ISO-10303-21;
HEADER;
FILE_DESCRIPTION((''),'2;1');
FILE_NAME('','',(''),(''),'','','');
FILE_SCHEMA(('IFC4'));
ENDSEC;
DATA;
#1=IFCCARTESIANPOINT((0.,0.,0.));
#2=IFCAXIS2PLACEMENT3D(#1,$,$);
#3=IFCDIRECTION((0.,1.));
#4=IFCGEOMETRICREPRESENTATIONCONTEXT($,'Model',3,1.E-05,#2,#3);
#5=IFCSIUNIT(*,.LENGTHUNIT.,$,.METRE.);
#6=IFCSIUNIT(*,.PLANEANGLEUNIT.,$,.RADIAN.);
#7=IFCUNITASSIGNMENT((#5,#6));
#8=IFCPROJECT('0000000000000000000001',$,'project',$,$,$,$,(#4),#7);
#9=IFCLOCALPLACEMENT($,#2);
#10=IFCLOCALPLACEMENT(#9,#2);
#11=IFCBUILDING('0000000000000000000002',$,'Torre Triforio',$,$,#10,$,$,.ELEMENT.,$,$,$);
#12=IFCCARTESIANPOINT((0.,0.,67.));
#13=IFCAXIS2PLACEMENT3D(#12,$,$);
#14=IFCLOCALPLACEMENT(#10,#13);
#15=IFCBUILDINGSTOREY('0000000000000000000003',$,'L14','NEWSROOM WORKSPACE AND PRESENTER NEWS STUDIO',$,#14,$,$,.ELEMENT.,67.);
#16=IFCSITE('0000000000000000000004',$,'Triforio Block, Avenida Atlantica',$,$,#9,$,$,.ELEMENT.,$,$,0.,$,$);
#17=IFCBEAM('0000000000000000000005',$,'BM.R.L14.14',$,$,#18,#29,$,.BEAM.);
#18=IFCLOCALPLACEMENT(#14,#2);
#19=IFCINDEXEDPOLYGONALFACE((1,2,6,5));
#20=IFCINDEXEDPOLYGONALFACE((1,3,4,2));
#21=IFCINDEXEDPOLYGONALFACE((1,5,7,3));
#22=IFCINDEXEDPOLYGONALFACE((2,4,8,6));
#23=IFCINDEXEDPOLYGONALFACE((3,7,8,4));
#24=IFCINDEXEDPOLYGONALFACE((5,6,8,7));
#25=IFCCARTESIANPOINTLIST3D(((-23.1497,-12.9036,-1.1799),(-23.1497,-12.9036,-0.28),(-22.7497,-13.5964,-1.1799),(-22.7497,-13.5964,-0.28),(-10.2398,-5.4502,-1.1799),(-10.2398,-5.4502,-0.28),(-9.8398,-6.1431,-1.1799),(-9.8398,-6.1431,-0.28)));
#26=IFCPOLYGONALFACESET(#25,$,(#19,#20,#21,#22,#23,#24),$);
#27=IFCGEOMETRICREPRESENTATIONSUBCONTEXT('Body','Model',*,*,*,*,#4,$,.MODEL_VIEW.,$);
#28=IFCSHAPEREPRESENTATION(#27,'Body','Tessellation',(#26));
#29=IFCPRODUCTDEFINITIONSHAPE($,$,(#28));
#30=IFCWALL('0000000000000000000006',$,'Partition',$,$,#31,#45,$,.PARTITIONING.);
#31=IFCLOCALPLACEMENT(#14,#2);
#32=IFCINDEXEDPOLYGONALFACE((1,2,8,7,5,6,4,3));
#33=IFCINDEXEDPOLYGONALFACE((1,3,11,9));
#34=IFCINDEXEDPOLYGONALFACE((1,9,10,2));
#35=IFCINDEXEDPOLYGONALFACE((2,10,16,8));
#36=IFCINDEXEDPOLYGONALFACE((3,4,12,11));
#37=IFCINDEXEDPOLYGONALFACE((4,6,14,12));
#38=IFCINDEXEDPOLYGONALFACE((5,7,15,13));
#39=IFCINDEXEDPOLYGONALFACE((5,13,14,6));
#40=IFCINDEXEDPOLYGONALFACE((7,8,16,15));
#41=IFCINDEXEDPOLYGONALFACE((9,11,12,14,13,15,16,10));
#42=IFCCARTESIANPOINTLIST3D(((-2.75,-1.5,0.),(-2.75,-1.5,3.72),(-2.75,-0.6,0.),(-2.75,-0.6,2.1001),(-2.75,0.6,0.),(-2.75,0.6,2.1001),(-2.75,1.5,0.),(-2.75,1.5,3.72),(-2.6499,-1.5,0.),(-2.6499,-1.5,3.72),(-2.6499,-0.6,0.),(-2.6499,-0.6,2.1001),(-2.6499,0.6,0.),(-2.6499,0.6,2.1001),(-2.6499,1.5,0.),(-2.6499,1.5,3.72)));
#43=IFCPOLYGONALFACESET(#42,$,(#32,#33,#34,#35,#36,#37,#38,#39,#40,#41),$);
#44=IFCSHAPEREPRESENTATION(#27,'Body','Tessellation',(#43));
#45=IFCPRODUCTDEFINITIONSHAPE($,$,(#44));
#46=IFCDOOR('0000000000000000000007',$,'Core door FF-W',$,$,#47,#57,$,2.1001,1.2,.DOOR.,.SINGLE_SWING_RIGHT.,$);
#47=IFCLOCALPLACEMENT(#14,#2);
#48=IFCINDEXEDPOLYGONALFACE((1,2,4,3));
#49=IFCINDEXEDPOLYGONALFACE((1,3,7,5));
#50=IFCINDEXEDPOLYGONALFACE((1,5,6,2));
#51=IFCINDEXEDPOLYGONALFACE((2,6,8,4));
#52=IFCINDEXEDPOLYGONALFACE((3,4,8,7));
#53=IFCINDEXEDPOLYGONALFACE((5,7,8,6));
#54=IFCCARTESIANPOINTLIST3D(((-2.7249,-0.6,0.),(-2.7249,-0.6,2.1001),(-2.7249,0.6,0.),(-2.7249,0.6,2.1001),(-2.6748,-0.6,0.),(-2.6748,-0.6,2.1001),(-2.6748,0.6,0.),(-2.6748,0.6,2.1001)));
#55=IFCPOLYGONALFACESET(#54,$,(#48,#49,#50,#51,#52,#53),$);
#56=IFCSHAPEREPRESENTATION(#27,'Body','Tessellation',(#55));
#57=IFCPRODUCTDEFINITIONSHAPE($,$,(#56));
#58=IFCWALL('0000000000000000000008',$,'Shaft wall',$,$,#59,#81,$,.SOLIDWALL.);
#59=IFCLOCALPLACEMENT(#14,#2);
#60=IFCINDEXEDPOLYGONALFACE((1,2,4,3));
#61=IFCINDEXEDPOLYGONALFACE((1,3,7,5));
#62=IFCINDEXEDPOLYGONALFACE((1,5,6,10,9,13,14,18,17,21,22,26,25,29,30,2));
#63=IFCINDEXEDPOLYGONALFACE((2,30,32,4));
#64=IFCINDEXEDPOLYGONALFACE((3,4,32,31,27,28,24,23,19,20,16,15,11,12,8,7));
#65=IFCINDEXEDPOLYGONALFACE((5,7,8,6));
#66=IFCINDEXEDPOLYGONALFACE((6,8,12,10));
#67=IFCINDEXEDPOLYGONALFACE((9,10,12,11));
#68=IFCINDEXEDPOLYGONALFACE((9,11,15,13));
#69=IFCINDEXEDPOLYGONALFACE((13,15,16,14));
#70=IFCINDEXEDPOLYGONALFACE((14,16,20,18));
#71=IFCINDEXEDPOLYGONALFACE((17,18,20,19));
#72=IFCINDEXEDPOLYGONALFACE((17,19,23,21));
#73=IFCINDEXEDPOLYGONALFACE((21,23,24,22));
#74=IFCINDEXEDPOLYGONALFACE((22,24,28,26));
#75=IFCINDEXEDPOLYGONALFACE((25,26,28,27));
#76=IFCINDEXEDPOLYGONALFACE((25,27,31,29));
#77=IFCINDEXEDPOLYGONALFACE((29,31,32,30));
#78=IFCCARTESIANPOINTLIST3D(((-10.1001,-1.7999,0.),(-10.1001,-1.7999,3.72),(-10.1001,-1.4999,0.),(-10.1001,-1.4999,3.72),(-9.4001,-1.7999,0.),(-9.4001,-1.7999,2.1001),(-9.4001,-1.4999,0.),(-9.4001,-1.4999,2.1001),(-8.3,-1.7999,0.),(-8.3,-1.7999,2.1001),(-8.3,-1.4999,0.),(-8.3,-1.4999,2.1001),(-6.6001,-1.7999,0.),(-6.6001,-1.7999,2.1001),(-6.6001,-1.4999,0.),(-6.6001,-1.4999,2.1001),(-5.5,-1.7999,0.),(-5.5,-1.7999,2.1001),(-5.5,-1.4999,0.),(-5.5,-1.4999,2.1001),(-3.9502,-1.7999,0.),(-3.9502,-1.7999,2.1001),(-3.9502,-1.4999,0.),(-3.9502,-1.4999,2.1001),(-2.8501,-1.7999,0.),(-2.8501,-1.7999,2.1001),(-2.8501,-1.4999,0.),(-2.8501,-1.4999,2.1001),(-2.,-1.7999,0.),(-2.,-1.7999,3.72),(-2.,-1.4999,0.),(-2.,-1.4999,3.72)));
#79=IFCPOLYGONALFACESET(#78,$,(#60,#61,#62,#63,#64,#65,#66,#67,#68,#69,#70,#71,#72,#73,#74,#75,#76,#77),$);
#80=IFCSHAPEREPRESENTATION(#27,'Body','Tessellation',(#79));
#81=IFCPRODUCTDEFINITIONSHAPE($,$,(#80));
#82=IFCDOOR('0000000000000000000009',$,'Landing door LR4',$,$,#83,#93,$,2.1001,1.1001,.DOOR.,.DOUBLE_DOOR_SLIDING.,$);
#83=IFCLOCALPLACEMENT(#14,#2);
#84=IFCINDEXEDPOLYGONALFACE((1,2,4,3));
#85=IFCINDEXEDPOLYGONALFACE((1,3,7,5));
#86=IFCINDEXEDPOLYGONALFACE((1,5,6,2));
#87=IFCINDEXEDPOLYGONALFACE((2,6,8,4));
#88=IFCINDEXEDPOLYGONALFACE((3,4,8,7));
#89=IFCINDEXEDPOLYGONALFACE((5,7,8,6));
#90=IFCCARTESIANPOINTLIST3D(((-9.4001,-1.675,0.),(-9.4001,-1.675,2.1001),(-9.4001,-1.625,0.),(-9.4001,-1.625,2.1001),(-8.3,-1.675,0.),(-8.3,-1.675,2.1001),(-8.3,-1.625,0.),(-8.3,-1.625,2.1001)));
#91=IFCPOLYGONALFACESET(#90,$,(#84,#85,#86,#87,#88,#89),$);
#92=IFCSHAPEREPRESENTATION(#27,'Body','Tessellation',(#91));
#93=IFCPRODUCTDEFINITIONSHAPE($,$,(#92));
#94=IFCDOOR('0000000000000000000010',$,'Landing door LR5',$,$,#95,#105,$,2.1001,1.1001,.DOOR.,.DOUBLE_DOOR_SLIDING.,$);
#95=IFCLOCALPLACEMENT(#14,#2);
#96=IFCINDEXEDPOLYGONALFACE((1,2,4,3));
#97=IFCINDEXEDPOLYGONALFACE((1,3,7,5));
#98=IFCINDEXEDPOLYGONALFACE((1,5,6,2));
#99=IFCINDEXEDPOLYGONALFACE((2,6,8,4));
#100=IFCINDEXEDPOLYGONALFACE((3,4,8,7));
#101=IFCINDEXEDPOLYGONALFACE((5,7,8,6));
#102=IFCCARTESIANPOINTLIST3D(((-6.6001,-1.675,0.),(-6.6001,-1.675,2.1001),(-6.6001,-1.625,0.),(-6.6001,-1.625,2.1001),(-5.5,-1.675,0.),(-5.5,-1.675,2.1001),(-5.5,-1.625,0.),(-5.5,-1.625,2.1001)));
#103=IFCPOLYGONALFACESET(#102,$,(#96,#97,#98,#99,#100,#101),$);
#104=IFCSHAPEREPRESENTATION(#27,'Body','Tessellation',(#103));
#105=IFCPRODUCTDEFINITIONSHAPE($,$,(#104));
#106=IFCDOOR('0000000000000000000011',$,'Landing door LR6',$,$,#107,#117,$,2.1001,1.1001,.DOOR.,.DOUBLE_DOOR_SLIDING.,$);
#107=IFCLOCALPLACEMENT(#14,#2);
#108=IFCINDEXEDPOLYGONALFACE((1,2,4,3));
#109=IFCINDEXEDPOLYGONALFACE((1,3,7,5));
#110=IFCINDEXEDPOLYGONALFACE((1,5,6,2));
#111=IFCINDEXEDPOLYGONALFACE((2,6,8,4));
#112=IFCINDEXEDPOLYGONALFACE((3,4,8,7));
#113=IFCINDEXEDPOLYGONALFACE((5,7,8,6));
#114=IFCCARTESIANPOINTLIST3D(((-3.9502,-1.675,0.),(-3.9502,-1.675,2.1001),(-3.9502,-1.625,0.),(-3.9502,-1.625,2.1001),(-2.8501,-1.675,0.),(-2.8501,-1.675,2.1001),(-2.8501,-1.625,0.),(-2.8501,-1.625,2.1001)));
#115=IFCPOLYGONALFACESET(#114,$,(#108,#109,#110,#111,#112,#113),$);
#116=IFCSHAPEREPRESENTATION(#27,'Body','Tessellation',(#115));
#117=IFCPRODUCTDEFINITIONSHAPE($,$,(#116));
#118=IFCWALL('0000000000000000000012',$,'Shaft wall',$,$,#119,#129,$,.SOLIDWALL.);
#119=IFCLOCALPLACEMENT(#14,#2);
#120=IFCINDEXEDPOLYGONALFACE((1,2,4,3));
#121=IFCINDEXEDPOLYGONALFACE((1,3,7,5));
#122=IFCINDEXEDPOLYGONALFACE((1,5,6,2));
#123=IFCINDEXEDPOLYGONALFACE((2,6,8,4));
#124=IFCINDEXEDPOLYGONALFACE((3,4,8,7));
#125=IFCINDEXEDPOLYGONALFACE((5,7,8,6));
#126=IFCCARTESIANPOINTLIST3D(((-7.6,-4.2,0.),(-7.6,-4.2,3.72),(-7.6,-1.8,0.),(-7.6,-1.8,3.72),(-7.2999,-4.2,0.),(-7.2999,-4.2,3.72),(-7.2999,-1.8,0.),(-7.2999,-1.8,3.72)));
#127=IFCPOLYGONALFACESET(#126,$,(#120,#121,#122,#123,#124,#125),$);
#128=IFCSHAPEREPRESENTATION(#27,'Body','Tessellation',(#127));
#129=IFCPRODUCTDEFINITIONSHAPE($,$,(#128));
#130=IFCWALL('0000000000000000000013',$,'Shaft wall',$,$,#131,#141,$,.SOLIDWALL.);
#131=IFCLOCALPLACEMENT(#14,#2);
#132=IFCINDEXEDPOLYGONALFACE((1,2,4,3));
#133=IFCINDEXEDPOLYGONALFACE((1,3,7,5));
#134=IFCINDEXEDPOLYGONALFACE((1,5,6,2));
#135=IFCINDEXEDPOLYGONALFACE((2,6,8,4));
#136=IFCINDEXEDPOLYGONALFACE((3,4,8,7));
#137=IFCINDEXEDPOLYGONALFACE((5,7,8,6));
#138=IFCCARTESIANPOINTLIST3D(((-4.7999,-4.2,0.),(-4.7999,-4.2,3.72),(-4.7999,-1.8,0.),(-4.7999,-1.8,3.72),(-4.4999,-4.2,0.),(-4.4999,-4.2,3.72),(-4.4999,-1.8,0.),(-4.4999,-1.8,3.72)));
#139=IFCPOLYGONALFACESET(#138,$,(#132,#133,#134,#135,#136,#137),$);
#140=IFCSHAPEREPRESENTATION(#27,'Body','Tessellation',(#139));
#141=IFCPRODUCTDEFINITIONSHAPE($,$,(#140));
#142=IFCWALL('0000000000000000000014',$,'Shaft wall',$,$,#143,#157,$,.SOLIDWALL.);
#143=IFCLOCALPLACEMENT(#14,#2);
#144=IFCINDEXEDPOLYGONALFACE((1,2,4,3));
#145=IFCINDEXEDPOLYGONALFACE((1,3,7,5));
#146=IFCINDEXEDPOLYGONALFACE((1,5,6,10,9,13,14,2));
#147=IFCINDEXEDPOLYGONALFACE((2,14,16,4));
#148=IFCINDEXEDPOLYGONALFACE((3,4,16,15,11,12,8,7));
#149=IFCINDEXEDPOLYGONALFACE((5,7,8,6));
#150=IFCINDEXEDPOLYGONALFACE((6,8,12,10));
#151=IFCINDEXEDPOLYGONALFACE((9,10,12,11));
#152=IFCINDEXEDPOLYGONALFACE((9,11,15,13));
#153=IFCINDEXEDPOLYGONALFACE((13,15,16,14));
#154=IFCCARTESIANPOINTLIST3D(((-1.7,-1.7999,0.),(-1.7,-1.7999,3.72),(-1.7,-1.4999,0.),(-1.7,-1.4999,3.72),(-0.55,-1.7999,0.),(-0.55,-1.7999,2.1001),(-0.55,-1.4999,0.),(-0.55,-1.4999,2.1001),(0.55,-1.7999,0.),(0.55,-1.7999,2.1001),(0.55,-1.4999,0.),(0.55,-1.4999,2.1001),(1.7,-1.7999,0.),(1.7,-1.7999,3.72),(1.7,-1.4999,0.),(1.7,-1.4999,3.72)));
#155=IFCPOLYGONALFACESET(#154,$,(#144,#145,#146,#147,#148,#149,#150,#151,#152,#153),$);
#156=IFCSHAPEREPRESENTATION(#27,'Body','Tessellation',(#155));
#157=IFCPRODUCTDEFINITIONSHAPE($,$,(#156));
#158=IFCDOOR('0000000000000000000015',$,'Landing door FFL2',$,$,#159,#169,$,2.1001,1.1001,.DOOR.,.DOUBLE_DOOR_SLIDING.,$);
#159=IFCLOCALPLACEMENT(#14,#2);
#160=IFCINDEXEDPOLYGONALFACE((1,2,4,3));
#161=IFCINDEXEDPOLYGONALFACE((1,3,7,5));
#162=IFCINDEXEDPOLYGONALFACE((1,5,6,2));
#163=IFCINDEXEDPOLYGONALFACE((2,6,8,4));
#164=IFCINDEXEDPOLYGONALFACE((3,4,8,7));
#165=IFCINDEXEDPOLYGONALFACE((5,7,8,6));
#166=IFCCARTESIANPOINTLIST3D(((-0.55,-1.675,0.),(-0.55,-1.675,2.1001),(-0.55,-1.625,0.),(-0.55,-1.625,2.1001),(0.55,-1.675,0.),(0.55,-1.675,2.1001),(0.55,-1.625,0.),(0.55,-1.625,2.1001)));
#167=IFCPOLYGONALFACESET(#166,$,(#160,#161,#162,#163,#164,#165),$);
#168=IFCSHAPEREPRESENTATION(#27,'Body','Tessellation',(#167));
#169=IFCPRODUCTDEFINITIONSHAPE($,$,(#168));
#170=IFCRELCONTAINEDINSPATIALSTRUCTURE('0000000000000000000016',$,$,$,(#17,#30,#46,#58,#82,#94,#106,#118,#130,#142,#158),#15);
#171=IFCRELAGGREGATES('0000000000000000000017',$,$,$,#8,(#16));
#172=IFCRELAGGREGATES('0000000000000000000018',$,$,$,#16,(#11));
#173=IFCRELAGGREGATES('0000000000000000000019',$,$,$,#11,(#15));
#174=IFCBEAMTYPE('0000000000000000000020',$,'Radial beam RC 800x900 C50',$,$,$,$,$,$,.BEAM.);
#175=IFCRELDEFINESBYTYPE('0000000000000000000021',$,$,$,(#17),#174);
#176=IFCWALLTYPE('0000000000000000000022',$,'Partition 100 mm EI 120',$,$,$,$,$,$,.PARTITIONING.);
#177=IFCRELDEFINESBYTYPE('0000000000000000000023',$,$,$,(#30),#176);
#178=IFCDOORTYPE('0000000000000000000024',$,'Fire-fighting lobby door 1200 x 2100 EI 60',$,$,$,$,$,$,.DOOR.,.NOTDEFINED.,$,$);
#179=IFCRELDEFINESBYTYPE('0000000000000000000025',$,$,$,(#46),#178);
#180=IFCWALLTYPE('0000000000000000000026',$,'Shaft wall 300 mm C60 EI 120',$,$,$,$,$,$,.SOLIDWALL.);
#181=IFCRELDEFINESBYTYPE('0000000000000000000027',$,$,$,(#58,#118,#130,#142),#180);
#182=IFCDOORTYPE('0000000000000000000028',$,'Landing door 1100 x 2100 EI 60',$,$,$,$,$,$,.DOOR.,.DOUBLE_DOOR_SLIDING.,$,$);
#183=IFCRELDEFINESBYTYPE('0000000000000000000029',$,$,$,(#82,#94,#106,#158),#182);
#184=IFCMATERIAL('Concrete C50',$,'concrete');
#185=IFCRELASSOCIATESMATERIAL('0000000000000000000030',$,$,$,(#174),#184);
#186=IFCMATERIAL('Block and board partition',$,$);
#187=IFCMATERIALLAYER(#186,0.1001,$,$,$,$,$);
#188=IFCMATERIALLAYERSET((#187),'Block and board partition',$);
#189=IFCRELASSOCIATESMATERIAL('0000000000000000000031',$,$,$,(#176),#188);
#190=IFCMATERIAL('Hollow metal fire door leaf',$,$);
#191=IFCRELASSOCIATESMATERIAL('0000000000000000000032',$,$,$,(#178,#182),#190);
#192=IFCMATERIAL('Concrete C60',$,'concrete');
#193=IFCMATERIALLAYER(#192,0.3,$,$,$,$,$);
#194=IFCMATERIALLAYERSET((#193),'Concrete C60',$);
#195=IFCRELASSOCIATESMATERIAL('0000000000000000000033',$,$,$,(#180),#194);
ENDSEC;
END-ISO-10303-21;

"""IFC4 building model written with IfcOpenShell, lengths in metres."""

from ifc_helpers import new_model, si_unit, direction, frame, frame_2d, origin, origin_2d, place, context, subcontext, project, spatial, rectangle, extrude, material, layer, layer_set, material_profile, profile_set, type_object, element, fill, save


model = new_model("IFC4")

# Units and contexts
model_context = context("Model", 3, precision=1e-05, world=origin(), true_north=direction((0.0, 1.0)))
body_context = subcontext(model_context, "Body", "Model", "MODEL_VIEW")
ifc_project = project(units=[si_unit("LENGTHUNIT", "METRE"), si_unit("PLANEANGLEUNIT", "RADIAN")], contexts=[model_context])

# Site, building, storey
site_placement = place(None, origin())
site = spatial("IfcSite", under=ifc_project, at=site_placement, Name="Triforio Block, Avenida Atlantica", CompositionType="ELEMENT", RefElevation=0.0)
building_placement = place(site_placement, origin())
building = spatial("IfcBuilding", under=site, at=building_placement, Name="Torre Triforio", CompositionType="ELEMENT")
storey_placement = place(building_placement, frame((0.0, 0.0, 67.0)))
storey = spatial("IfcBuildingStorey", under=building, at=storey_placement, Name="L14", Description="NEWSROOM WORKSPACE AND PRESENTER NEWS STUDIO", CompositionType="ELEMENT", Elevation=67.0)

# Beam
ifc_material_1 = material(Name="Concrete C50", Category="concrete")
ifc_material_profile = material_profile(ifc_material_1, rectangle(XDim=0.8, YDim=0.8999, at=origin_2d()), Name="RC 800x900")
ifc_profile_set = profile_set([ifc_material_profile], Name="Concrete C50")
beam_type = type_object("IfcBeamType", Name="Radial beam RC 800x900 C50", PredefinedType="BEAM", material=ifc_profile_set)
beam_placement = place(storey_placement, frame((-10.0398, -5.7966, -0.73), z_axis=(-0.86603, -0.499991, 0.0), x_axis=(0.499991, -0.86603, 0.0)))
element("IfcBeam", 1, at=beam_placement, inside=storey, type_object=beam_type, Name="BM.R.L14.14", PredefinedType="BEAM", context=body_context, shape_type="SweptSolid", body=[
    extrude(rectangle(XDim=0.8, YDim=0.8999, at=origin_2d()), origin(), (0.0, 0.0, 1.0), 14.907),
])

# Wall, opening, door
ifc_material_2 = material(Name="Block and board partition")
ifc_layer_1 = layer(ifc_material_2, 0.1001)
ifc_layer_set_1 = layer_set([ifc_layer_1], Name="Block and board partition")
wall_type_1 = type_object("IfcWallType", Name="Partition 100 mm EI 120", PredefinedType="PARTITIONING", material=ifc_layer_set_1)
wall_1_placement = place(storey_placement, frame((-2.7, -1.5, 0.0), z_axis=(0.0, 0.0, 1.0), x_axis=(0.0, 1.0, 0.0)))
wall_1 = element("IfcWall", 2, at=wall_1_placement, inside=storey, type_object=wall_type_1, Name="Partition", PredefinedType="PARTITIONING", context=body_context, shape_type="SweptSolid", body=[
    extrude(rectangle(XDim=3.0, YDim=0.1001, at=frame_2d((1.5, 0.0))), origin(), (0.0, 0.0, 1.0), 3.72),
])
opening_1_placement = place(wall_1_placement, frame((0.8999, 0.0, 0.0)))
opening_1 = element("IfcOpeningElement", 3, at=opening_1_placement, cuts=wall_1, PredefinedType="OPENING", context=body_context, shape_type="SweptSolid", body=[
    extrude(rectangle(XDim=1.2, YDim=2.1001, at=frame_2d((0.6001, 1.05))), frame((0.0, 0.0601, 0.0), z_axis=(0.0, -1.0, 0.0), x_axis=(1.0, 0.0, 0.0)), (0.0, 0.0, 1.0), 0.1201),
])
ifc_material_3 = material(Name="Hollow metal fire door leaf")
door_type_1 = type_object("IfcDoorType", Name="Fire-fighting lobby door 1200 x 2100 EI 60", OperationType="NOTDEFINED", PredefinedType="DOOR", material=ifc_material_3)
door_1_placement = place(opening_1_placement, origin())
door_1 = element("IfcDoor", 4, at=door_1_placement, inside=storey, type_object=door_type_1, Name="Core door FF-W", OperationType="SINGLE_SWING_RIGHT", OverallHeight=2.1001, OverallWidth=1.2, PredefinedType="DOOR", context=body_context, shape_type="SweptSolid", body=[
    extrude(rectangle(XDim=1.2, YDim=2.1001, at=frame_2d((0.6001, 1.05))), frame((0.0, 0.0249, 0.0), z_axis=(0.0, -1.0, 0.0), x_axis=(1.0, 0.0, 0.0)), (0.0, 0.0, 1.0), 0.05),
])
fill(opening_1, door_1)

# Wall, openings, doors
ifc_material_4 = material(Name="Concrete C60", Category="concrete")
ifc_layer_2 = layer(ifc_material_4, 0.3)
ifc_layer_set_2 = layer_set([ifc_layer_2], Name="Concrete C60")
wall_type_2 = type_object("IfcWallType", Name="Shaft wall 300 mm C60 EI 120", PredefinedType="SOLIDWALL", material=ifc_layer_set_2)
wall_2_placement = place(storey_placement, frame((-10.1001, -1.6499, 0.0), z_axis=(0.0, 0.0, 1.0), x_axis=(1.0, 0.0, 0.0)))
wall_2 = element("IfcWall", 5, at=wall_2_placement, inside=storey, type_object=wall_type_2, Name="Shaft wall", PredefinedType="SOLIDWALL", context=body_context, shape_type="SweptSolid", body=[
    extrude(rectangle(XDim=8.1001, YDim=0.3, at=frame_2d((4.05, 0.0))), origin(), (0.0, 0.0, 1.0), 3.72),
])
opening_2_placement = place(wall_2_placement, frame((0.7, 0.0, 0.0)))
opening_2 = element("IfcOpeningElement", 6, at=opening_2_placement, cuts=wall_2, PredefinedType="OPENING", context=body_context, shape_type="SweptSolid", body=[
    extrude(rectangle(XDim=1.1001, YDim=2.1001, at=frame_2d((0.55, 1.05))), frame((0.0, 0.1599, 0.0), z_axis=(0.0, -1.0, 0.0), x_axis=(1.0, 0.0, 0.0)), (0.0, 0.0, 1.0), 0.3201),
])
opening_3_placement = place(wall_2_placement, frame((3.5, 0.0, 0.0)))
opening_3 = element("IfcOpeningElement", 7, at=opening_3_placement, cuts=wall_2, PredefinedType="OPENING", context=body_context, shape_type="SweptSolid", body=[
    extrude(rectangle(XDim=1.1001, YDim=2.1001, at=frame_2d((0.55, 1.05))), frame((0.0, 0.1599, 0.0), z_axis=(0.0, -1.0, 0.0), x_axis=(1.0, 0.0, 0.0)), (0.0, 0.0, 1.0), 0.3201),
])
opening_4_placement = place(wall_2_placement, frame((6.1499, 0.0, 0.0)))
opening_4 = element("IfcOpeningElement", 8, at=opening_4_placement, cuts=wall_2, PredefinedType="OPENING", context=body_context, shape_type="SweptSolid", body=[
    extrude(rectangle(XDim=1.1001, YDim=2.1001, at=frame_2d((0.55, 1.05))), frame((0.0, 0.1599, 0.0), z_axis=(0.0, -1.0, 0.0), x_axis=(1.0, 0.0, 0.0)), (0.0, 0.0, 1.0), 0.3201),
])
door_type_2 = type_object("IfcDoorType", Name="Landing door 1100 x 2100 EI 60", OperationType="DOUBLE_DOOR_SLIDING", PredefinedType="DOOR", material=ifc_material_3)
door_2_placement = place(opening_2_placement, origin())
door_2 = element("IfcDoor", 9, at=door_2_placement, inside=storey, type_object=door_type_2, Name="Landing door LR4", OperationType="DOUBLE_DOOR_SLIDING", OverallHeight=2.1001, OverallWidth=1.1001, PredefinedType="DOOR", context=body_context, shape_type="SweptSolid", body=[
    extrude(rectangle(XDim=1.1001, YDim=2.1001, at=frame_2d((0.55, 1.05))), frame((0.0, 0.0249, 0.0), z_axis=(0.0, -1.0, 0.0), x_axis=(1.0, 0.0, 0.0)), (0.0, 0.0, 1.0), 0.05),
])
fill(opening_2, door_2)
door_3_placement = place(opening_3_placement, origin())
door_3 = element("IfcDoor", 10, at=door_3_placement, inside=storey, type_object=door_type_2, Name="Landing door LR5", OperationType="DOUBLE_DOOR_SLIDING", OverallHeight=2.1001, OverallWidth=1.1001, PredefinedType="DOOR", context=body_context, shape_type="SweptSolid", body=[
    extrude(rectangle(XDim=1.1001, YDim=2.1001, at=frame_2d((0.55, 1.05))), frame((0.0, 0.0249, 0.0), z_axis=(0.0, -1.0, 0.0), x_axis=(1.0, 0.0, 0.0)), (0.0, 0.0, 1.0), 0.05),
])
fill(opening_3, door_3)
door_4_placement = place(opening_4_placement, origin())
door_4 = element("IfcDoor", 11, at=door_4_placement, inside=storey, type_object=door_type_2, Name="Landing door LR6", OperationType="DOUBLE_DOOR_SLIDING", OverallHeight=2.1001, OverallWidth=1.1001, PredefinedType="DOOR", context=body_context, shape_type="SweptSolid", body=[
    extrude(rectangle(XDim=1.1001, YDim=2.1001, at=frame_2d((0.55, 1.05))), frame((0.0, 0.0249, 0.0), z_axis=(0.0, -1.0, 0.0), x_axis=(1.0, 0.0, 0.0)), (0.0, 0.0, 1.0), 0.05),
])
fill(opening_4, door_4)

# Walls
for number, where, z_axis, x_axis, name in (
    (12, (-7.45, -4.2, 0.0), (0.0, 0.0, 1.0), (0.0, 1.0, 0.0), "Shaft wall"),
    (13, (-4.6499, -4.2, 0.0), (0.0, 0.0, 1.0), (0.0, 1.0, 0.0), "Shaft wall"),
):
    element("IfcWall", number, at=place(storey_placement, frame(where, z_axis=z_axis, x_axis=x_axis)), inside=storey, type_object=wall_type_2, Name=name, PredefinedType="SOLIDWALL", context=body_context, shape_type="SweptSolid", body=[
        extrude(rectangle(XDim=2.3999, YDim=0.3, at=frame_2d((1.2, 0.0))), origin(), (0.0, 0.0, 1.0), 3.72),
    ])

# Wall, opening, door
wall_3_placement = place(storey_placement, frame((-1.7, -1.6499, 0.0), z_axis=(0.0, 0.0, 1.0), x_axis=(1.0, 0.0, 0.0)))
wall_3 = element("IfcWall", 14, at=wall_3_placement, inside=storey, type_object=wall_type_2, Name="Shaft wall", PredefinedType="SOLIDWALL", context=body_context, shape_type="SweptSolid", body=[
    extrude(rectangle(XDim=3.3999, YDim=0.3, at=frame_2d((1.7, 0.0))), origin(), (0.0, 0.0, 1.0), 3.72),
])
opening_5_placement = place(wall_3_placement, frame((1.1499, 0.0, 0.0)))
opening_5 = element("IfcOpeningElement", 15, at=opening_5_placement, cuts=wall_3, PredefinedType="OPENING", context=body_context, shape_type="SweptSolid", body=[
    extrude(rectangle(XDim=1.1001, YDim=2.1001, at=frame_2d((0.55, 1.05))), frame((0.0, 0.1599, 0.0), z_axis=(0.0, -1.0, 0.0), x_axis=(1.0, 0.0, 0.0)), (0.0, 0.0, 1.0), 0.3201),
])
door_5_placement = place(opening_5_placement, origin())
door_5 = element("IfcDoor", 16, at=door_5_placement, inside=storey, type_object=door_type_2, Name="Landing door FFL2", OperationType="DOUBLE_DOOR_SLIDING", OverallHeight=2.1001, OverallWidth=1.1001, PredefinedType="DOOR", context=body_context, shape_type="SweptSolid", body=[
    extrude(rectangle(XDim=1.1001, YDim=2.1001, at=frame_2d((0.55, 1.05))), frame((0.0, 0.0249, 0.0), z_axis=(0.0, -1.0, 0.0), x_axis=(1.0, 0.0, 0.0)), (0.0, 0.0, 1.0), 0.05),
])
fill(opening_5, door_5)

save(model, "model.ifc")
